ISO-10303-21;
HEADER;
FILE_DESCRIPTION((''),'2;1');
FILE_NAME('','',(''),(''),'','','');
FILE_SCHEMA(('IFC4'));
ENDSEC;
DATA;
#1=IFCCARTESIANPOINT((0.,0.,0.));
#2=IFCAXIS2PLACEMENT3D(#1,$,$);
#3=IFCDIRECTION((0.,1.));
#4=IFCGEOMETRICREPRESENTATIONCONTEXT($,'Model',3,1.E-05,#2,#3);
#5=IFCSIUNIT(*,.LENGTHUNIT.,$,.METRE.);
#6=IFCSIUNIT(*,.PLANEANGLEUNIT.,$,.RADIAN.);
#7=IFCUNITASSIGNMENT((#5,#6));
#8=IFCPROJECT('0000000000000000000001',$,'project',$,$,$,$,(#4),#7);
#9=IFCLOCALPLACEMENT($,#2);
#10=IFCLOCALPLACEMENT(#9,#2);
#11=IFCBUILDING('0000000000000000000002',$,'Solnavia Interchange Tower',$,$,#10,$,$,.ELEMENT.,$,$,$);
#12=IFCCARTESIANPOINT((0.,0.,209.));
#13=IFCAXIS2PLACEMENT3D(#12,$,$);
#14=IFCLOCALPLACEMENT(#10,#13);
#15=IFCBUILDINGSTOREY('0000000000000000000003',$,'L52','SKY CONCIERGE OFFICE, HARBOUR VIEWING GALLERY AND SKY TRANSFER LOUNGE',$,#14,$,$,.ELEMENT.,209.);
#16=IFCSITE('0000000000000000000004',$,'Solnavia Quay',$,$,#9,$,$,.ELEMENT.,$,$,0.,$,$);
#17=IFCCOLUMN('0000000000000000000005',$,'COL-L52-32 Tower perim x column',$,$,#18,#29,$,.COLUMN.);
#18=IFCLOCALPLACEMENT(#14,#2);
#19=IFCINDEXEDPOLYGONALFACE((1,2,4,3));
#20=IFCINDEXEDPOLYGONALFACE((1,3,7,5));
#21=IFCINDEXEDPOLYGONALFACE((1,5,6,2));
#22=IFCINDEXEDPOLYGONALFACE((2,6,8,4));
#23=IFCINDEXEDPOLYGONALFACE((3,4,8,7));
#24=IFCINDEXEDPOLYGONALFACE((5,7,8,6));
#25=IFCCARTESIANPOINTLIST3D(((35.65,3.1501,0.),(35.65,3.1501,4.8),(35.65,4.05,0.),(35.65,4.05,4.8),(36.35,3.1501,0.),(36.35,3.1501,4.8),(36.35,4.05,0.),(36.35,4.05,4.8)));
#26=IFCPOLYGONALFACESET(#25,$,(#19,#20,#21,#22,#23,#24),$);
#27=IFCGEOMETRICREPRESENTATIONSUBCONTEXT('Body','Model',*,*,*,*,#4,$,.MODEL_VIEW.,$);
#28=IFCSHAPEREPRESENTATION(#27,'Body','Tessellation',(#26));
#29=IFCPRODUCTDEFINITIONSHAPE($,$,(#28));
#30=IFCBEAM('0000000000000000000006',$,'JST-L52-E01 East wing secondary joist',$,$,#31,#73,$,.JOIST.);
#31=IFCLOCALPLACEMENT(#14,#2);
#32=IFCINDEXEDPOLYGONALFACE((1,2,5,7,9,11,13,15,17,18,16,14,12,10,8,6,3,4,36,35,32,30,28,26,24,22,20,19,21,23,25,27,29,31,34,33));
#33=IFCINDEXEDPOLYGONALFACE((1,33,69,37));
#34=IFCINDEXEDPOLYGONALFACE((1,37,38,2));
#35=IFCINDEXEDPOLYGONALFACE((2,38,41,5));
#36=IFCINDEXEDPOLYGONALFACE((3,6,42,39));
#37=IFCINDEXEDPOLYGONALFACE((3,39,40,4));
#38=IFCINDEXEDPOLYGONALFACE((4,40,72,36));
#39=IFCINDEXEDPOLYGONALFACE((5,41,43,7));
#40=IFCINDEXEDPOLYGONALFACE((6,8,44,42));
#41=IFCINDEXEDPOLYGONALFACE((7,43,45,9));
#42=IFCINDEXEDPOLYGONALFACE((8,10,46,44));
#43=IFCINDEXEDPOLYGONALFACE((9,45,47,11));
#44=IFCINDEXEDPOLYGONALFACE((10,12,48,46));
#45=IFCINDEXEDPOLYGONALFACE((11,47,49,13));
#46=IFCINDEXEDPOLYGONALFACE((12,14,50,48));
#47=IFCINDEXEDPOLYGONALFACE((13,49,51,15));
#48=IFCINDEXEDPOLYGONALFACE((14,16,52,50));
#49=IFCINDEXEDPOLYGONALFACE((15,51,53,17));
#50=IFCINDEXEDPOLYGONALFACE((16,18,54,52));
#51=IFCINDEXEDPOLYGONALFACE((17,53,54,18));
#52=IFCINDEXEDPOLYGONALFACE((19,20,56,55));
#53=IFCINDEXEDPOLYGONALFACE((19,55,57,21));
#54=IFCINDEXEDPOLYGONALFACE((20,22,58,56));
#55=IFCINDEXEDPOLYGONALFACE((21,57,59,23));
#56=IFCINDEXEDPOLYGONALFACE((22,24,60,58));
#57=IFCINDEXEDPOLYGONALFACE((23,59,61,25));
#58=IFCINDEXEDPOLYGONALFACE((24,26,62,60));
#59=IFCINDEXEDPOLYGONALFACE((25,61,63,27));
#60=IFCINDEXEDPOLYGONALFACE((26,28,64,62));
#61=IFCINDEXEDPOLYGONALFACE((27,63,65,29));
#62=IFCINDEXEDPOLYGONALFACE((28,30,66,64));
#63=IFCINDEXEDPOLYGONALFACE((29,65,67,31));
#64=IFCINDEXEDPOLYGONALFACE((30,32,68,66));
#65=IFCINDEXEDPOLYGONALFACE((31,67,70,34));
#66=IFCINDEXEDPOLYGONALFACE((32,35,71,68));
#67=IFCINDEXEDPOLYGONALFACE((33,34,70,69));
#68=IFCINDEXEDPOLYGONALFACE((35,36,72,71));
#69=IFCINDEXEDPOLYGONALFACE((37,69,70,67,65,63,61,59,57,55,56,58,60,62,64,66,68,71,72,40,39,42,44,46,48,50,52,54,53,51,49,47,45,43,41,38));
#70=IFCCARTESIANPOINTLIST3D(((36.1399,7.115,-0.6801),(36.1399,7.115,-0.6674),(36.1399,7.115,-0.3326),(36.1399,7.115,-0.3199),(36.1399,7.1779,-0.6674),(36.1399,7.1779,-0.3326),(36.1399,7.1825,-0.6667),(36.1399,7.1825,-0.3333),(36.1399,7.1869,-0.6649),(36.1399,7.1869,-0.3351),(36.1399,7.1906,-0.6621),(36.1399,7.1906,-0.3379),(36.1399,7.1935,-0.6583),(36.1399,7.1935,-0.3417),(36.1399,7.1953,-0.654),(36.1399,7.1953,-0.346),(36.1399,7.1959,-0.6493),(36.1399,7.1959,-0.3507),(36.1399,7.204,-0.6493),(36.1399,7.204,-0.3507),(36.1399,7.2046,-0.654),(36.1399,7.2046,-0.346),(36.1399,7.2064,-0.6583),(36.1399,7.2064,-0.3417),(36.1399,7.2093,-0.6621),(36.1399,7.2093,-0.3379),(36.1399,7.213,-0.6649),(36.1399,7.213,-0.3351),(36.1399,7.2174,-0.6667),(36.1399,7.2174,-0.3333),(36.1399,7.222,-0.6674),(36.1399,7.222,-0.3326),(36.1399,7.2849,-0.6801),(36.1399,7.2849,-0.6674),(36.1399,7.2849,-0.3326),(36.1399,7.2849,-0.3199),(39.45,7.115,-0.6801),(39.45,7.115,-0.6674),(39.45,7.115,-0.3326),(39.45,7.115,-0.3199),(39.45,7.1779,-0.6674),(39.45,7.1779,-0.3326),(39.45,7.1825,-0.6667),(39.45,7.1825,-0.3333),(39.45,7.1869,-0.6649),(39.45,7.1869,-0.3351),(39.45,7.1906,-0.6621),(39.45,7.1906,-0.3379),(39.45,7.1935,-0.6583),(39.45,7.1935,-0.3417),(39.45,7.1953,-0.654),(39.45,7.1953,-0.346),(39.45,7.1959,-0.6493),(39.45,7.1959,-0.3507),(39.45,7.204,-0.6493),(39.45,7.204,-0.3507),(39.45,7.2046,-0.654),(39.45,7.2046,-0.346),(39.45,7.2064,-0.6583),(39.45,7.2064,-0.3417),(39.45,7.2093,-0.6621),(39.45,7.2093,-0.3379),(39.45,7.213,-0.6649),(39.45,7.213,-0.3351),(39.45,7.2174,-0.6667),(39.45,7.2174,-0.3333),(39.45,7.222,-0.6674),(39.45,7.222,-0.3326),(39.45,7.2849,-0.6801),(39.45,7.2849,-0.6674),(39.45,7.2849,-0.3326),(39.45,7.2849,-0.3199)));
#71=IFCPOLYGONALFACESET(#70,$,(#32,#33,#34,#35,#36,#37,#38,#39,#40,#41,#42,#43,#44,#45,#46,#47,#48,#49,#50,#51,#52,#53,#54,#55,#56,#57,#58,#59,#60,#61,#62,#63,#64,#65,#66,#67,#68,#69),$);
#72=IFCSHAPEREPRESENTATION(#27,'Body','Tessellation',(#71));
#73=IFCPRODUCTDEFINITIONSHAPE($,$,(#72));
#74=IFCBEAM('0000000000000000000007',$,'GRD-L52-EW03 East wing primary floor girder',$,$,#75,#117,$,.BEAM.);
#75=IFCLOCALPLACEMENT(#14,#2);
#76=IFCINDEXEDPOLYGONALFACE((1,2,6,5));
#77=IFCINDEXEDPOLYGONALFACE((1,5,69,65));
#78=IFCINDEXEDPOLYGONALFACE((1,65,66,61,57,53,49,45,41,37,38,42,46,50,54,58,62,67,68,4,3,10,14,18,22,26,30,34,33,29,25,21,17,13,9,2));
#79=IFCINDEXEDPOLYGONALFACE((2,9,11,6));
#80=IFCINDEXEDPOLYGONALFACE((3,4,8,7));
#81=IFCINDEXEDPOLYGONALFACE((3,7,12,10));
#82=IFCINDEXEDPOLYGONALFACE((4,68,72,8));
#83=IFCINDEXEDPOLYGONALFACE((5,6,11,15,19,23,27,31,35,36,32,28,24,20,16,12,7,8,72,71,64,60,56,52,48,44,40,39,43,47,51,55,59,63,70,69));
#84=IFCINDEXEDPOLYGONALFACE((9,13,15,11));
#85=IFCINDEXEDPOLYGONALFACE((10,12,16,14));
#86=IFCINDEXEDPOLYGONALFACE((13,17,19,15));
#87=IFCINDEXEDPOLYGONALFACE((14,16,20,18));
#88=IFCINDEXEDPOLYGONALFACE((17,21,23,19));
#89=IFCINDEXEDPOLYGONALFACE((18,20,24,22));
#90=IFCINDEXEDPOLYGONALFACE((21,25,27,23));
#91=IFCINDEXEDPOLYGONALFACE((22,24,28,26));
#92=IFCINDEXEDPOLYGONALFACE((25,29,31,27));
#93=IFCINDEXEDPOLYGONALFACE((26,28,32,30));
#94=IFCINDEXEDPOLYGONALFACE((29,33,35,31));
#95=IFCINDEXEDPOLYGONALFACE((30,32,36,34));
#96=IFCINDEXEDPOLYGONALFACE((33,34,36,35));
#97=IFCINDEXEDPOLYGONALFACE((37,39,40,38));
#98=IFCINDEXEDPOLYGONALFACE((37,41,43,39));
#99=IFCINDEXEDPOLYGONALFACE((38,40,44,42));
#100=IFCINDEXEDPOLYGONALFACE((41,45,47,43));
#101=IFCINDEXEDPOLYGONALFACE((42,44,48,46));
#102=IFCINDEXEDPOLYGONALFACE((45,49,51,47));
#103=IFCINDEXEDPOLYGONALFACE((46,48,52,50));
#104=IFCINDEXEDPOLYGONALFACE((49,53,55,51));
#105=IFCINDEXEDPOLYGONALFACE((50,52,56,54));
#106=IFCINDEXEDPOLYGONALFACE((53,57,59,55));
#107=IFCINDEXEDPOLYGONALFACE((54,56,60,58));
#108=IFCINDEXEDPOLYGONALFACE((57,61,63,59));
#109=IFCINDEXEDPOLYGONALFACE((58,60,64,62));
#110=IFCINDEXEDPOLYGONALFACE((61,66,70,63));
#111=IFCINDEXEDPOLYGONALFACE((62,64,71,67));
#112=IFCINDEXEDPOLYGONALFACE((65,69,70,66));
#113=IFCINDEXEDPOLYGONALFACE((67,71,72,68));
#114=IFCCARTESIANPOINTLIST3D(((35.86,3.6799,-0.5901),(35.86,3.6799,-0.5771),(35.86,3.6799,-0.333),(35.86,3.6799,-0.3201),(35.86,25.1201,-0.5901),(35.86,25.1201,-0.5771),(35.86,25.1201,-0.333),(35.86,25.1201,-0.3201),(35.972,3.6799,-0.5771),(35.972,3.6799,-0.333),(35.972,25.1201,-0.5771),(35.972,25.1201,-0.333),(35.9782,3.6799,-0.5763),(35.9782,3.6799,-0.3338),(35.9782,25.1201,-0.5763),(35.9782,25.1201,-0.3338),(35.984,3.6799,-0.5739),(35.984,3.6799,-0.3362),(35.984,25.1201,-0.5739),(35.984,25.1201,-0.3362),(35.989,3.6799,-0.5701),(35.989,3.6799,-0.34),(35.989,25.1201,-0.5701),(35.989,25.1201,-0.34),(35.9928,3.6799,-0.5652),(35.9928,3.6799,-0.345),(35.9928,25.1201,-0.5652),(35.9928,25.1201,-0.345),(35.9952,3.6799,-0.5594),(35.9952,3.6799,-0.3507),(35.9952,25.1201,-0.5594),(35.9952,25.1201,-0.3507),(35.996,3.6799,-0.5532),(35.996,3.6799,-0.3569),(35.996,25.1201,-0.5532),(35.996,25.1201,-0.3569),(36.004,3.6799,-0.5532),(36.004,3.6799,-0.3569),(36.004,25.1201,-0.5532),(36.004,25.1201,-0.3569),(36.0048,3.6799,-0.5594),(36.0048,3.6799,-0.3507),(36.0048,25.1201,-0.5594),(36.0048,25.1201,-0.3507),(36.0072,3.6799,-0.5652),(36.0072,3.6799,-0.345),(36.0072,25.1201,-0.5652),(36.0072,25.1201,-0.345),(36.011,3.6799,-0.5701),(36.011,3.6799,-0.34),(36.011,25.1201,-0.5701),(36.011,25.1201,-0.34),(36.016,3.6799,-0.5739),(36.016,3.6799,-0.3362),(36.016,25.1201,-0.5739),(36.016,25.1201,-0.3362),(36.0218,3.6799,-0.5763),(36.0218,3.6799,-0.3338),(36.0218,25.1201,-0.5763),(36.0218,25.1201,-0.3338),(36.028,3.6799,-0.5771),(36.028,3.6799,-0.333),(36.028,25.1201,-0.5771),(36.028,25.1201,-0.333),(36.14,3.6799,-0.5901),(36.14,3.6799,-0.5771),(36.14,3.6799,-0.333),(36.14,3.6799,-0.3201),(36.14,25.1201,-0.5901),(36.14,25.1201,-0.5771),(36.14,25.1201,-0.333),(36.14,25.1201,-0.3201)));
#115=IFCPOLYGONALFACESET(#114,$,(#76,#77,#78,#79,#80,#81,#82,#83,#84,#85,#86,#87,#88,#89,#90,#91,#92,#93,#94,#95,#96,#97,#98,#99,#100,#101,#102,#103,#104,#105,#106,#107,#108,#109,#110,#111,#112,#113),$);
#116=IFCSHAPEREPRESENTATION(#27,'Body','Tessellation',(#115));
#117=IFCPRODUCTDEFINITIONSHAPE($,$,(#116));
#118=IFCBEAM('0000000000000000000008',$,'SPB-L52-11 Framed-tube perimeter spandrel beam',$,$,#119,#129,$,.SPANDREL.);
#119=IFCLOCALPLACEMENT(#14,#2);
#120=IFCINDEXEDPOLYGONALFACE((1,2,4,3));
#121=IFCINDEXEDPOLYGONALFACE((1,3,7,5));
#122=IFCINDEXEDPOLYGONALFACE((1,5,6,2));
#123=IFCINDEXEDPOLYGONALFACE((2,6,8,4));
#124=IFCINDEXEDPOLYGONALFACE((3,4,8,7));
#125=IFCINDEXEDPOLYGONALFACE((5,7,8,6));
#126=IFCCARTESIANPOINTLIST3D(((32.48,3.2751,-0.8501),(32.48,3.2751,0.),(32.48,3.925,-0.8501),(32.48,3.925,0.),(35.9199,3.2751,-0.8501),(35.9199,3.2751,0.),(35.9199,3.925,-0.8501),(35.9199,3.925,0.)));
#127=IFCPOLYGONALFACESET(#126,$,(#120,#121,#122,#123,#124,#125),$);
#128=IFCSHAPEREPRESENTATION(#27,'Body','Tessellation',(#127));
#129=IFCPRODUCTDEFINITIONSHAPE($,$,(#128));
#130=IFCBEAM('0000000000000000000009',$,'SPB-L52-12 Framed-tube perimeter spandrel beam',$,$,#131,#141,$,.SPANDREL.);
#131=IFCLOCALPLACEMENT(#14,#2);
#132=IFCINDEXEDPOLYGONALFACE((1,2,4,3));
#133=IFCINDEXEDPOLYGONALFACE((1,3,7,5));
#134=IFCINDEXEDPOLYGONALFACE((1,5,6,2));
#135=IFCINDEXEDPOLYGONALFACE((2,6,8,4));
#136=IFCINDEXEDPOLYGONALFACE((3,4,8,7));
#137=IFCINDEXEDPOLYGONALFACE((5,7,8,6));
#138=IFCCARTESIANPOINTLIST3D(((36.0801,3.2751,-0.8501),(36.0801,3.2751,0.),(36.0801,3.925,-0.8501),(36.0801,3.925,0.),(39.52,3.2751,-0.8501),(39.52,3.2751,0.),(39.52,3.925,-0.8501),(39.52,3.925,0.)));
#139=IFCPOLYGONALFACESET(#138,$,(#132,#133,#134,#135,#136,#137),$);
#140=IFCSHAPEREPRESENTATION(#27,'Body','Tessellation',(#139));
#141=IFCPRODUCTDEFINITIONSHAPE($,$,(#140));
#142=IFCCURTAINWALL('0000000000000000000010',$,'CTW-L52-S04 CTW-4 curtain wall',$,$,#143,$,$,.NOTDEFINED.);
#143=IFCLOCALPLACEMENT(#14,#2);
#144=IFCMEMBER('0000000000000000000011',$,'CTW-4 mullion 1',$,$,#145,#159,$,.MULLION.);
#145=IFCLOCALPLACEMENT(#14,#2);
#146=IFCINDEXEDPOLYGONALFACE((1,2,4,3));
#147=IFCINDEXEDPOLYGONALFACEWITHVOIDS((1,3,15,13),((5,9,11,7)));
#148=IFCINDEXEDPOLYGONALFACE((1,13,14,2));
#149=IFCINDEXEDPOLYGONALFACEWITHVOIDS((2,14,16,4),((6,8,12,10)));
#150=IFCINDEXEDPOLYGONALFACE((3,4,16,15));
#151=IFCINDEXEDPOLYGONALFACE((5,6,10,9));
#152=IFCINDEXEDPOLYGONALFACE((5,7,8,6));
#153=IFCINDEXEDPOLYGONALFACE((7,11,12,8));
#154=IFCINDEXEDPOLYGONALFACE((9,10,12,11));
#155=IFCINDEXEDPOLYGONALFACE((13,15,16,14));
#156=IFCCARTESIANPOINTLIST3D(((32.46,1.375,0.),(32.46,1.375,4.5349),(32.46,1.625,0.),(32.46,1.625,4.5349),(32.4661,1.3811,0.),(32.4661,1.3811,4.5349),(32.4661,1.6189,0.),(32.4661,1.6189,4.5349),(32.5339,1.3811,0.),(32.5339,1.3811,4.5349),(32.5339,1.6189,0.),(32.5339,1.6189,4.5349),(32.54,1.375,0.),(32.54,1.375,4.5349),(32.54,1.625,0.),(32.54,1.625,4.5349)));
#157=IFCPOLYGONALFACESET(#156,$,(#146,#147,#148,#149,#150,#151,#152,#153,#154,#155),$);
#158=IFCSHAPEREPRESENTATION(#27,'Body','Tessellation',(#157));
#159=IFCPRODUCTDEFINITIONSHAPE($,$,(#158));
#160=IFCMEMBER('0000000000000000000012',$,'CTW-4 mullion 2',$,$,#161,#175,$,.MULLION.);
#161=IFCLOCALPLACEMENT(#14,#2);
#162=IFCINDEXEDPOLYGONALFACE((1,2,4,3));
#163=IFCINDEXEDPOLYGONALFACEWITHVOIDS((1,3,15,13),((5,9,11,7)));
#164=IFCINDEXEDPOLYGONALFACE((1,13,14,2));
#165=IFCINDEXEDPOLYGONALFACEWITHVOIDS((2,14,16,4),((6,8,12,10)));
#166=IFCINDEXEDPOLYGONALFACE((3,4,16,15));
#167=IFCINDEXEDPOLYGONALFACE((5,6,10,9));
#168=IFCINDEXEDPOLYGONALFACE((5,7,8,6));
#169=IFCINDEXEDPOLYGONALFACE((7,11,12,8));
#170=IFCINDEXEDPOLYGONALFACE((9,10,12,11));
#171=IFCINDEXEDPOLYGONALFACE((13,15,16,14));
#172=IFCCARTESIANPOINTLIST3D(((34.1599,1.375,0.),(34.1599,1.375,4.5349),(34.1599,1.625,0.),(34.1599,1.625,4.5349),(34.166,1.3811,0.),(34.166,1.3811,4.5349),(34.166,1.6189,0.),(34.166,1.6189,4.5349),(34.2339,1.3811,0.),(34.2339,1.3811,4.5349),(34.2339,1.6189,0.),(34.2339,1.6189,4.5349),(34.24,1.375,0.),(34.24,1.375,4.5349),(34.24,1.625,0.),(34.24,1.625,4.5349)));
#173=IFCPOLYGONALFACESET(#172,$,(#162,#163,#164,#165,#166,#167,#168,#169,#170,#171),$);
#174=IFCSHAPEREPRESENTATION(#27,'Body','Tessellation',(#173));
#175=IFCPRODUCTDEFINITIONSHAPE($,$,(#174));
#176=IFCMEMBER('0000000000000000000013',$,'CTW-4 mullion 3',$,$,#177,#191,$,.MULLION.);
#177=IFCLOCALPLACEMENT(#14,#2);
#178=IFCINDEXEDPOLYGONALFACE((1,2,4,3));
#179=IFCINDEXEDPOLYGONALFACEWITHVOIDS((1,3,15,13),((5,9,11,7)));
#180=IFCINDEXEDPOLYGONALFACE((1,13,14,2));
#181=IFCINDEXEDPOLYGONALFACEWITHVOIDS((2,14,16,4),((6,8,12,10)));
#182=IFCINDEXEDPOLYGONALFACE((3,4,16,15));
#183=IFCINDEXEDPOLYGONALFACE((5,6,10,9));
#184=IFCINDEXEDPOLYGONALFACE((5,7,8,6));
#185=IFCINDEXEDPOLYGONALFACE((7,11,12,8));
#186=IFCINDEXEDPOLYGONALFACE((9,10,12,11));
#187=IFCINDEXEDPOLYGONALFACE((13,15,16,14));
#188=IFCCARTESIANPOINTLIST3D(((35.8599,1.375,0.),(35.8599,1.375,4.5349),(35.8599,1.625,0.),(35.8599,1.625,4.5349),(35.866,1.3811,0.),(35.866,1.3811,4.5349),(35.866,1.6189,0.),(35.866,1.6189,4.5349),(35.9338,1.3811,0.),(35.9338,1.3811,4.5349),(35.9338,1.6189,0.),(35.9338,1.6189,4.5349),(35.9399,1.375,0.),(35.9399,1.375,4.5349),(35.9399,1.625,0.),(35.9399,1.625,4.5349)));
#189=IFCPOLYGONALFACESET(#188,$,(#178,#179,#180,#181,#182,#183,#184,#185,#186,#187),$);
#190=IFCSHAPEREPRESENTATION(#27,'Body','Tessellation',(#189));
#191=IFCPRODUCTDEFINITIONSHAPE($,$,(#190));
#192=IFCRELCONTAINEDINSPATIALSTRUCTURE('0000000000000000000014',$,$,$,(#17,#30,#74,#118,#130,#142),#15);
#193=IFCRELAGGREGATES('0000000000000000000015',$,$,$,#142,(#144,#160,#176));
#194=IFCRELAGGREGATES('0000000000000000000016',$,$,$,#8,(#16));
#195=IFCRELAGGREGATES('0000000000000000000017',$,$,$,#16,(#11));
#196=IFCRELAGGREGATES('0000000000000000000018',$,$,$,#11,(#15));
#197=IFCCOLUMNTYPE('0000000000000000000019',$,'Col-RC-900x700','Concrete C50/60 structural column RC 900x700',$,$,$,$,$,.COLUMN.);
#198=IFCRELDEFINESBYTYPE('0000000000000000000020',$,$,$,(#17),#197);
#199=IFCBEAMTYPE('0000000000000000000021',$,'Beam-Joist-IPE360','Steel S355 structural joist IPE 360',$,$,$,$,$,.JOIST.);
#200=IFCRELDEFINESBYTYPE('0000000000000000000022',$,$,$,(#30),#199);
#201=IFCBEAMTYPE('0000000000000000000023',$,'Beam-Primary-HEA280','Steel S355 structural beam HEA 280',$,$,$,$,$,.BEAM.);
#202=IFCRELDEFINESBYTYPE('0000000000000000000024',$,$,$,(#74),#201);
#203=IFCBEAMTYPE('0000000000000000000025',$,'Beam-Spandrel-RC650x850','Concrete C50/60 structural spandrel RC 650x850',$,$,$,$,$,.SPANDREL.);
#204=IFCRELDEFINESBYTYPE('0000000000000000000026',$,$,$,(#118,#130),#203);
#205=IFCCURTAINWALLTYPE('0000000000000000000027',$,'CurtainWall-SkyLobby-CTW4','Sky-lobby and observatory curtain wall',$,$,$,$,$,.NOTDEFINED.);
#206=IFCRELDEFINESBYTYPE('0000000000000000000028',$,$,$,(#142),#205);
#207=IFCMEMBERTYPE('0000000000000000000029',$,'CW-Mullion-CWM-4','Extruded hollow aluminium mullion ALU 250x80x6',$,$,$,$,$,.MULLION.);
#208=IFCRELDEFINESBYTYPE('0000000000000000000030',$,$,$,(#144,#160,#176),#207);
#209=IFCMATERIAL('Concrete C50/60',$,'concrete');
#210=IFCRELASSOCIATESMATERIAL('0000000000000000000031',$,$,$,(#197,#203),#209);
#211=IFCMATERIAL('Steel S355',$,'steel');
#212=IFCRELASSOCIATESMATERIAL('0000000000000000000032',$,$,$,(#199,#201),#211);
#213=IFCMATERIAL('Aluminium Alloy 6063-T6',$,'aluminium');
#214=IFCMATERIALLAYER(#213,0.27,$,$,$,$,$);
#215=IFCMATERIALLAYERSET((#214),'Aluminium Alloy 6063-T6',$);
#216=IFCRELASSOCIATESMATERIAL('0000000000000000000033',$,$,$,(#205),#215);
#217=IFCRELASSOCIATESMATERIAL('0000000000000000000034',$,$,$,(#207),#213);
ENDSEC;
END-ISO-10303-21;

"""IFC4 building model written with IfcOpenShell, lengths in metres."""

from ifc_helpers import new_model, si_unit, direction, frame, origin, origin_2d, place, context, subcontext, project, spatial, rectangle, hollow_rectangle, i_section, extrude, material, layer, layer_set, material_profile, profile_set, type_object, element, aggregate, save


model = new_model("IFC4")

# Units and contexts
model_context = context("Model", 3, precision=1e-05, world=origin(), true_north=direction((0.0, 1.0)))
body_context = subcontext(model_context, "Body", "Model", "MODEL_VIEW")
ifc_project = project(units=[si_unit("LENGTHUNIT", "METRE"), si_unit("PLANEANGLEUNIT", "RADIAN")], contexts=[model_context])

# Site, building, storey
site_placement = place(None, origin())
site = spatial("IfcSite", under=ifc_project, at=site_placement, Name="Solnavia Quay", CompositionType="ELEMENT", RefElevation=0.0)
building_placement = place(site_placement, origin())
building = spatial("IfcBuilding", under=site, at=building_placement, Name="Solnavia Interchange Tower", CompositionType="ELEMENT")
storey_placement = place(building_placement, frame((0.0, 0.0, 209.0)))
storey = spatial("IfcBuildingStorey", under=building, at=storey_placement, Name="L52", Description="SKY CONCIERGE OFFICE, HARBOUR VIEWING GALLERY AND SKY TRANSFER LOUNGE", CompositionType="ELEMENT", Elevation=209.0)

# Column
ifc_material_1 = material(Name="Concrete C50/60", Category="concrete")
ifc_material_profile_1 = material_profile(ifc_material_1, rectangle(XDim=0.7, YDim=0.8999, at=origin_2d()), Name="RC 900x700")
ifc_profile_set_1 = profile_set([ifc_material_profile_1], Name="Concrete C50/60")
column_type = type_object("IfcColumnType", Name="Col-RC-900x700", Description="Concrete C50/60 structural column RC 900x700", PredefinedType="COLUMN", material=ifc_profile_set_1)
column_placement = place(storey_placement, frame((36.0, 3.6001, 0.0), z_axis=(0.0, 0.0, 1.0), x_axis=(1.0, 0.0, 0.0)))
element("IfcColumn", 1, at=column_placement, inside=storey, type_object=column_type, Name="COL-L52-32 Tower perim x column", PredefinedType="COLUMN", context=body_context, shape_type="SweptSolid", body=[
    extrude(rectangle(XDim=0.7, YDim=0.8999, at=origin_2d()), origin(), (0.0, 0.0, 1.0), 4.8),
])

# Beams
ifc_material_2 = material(Name="Steel S355", Category="steel")
ifc_material_profile_2 = material_profile(ifc_material_2, i_section(OverallWidth=0.1699, OverallDepth=0.3601, WebThickness=0.0081, FlangeThickness=0.0127, FilletRadius=0.0181, at=origin_2d()), Name="IPE 360")
ifc_profile_set_2 = profile_set([ifc_material_profile_2], Name="Steel S355")
beam_type_1 = type_object("IfcBeamType", Name="Beam-Joist-IPE360", Description="Steel S355 structural joist IPE 360", PredefinedType="JOIST", material=ifc_profile_set_2)
beam_1_placement = place(storey_placement, frame((36.1399, 7.2, -0.5), z_axis=(1.0, 0.0, 0.0), x_axis=(0.0, 1.0, 0.0)))
element("IfcBeam", 2, at=beam_1_placement, inside=storey, type_object=beam_type_1, Name="JST-L52-E01 East wing secondary joist", PredefinedType="JOIST", context=body_context, shape_type="SweptSolid", body=[
    extrude(i_section(OverallWidth=0.1699, OverallDepth=0.3601, WebThickness=0.0081, FlangeThickness=0.0127, FilletRadius=0.0181, at=origin_2d()), origin(), (0.0, 0.0, 1.0), 3.3101),
])
ifc_material_profile_3 = material_profile(ifc_material_2, i_section(OverallWidth=0.28, OverallDepth=0.27, WebThickness=0.0081, FlangeThickness=0.0129, FilletRadius=0.0239, at=origin_2d()), Name="HEA 280")
ifc_profile_set_3 = profile_set([ifc_material_profile_3], Name="Steel S355")
beam_type_2 = type_object("IfcBeamType", Name="Beam-Primary-HEA280", Description="Steel S355 structural beam HEA 280", PredefinedType="BEAM", material=ifc_profile_set_3)
beam_2_placement = place(storey_placement, frame((36.0, 3.6799, -0.4551), z_axis=(0.0, 1.0, 0.0), x_axis=(-1.0, 0.0, 0.0)))
element("IfcBeam", 3, at=beam_2_placement, inside=storey, type_object=beam_type_2, Name="GRD-L52-EW03 East wing primary floor girder", PredefinedType="BEAM", context=body_context, shape_type="SweptSolid", body=[
    extrude(i_section(OverallWidth=0.28, OverallDepth=0.27, WebThickness=0.0081, FlangeThickness=0.0129, FilletRadius=0.0239, at=origin_2d()), origin(), (0.0, 0.0, 1.0), 21.4402),
])
ifc_material_profile_4 = material_profile(ifc_material_1, rectangle(XDim=0.6499, YDim=0.8501, at=origin_2d()), Name="RC 650x850")
ifc_profile_set_4 = profile_set([ifc_material_profile_4], Name="Concrete C50/60")
beam_type_3 = type_object("IfcBeamType", Name="Beam-Spandrel-RC650x850", Description="Concrete C50/60 structural spandrel RC 650x850", PredefinedType="SPANDREL", material=ifc_profile_set_4)
for number, where, z_axis, x_axis, name in (
    (4, (32.48, 3.6001, -0.425), (1.0, 0.0, 0.0), (0.0, 1.0, 0.0), "SPB-L52-11 Framed-tube perimeter spandrel beam"),
    (5, (36.0801, 3.6001, -0.425), (1.0, 0.0, 0.0), (0.0, 1.0, 0.0), "SPB-L52-12 Framed-tube perimeter spandrel beam"),
):
    element("IfcBeam", number, at=place(storey_placement, frame(where, z_axis=z_axis, x_axis=x_axis)), inside=storey, type_object=beam_type_3, Name=name, PredefinedType="SPANDREL", context=body_context, shape_type="SweptSolid", body=[
        extrude(rectangle(XDim=0.6499, YDim=0.8501, at=origin_2d()), origin(), (0.0, 0.0, 1.0), 3.4399),
    ])

# Curtain wall, members
ifc_material_3 = material(Name="Aluminium Alloy 6063-T6", Category="aluminium")
ifc_layer_1 = layer(ifc_material_3, 0.27)
ifc_layer_set_1 = layer_set([ifc_layer_1], Name="Aluminium Alloy 6063-T6")
curtain_wall_type = type_object("IfcCurtainWallType", Name="CurtainWall-SkyLobby-CTW4", Description="Sky-lobby and observatory curtain wall", PredefinedType="NOTDEFINED", material=ifc_layer_set_1)
curtain_wall_placement = place(storey_placement, origin())
curtain_wall = element("IfcCurtainWall", 6, at=curtain_wall_placement, inside=storey, type_object=curtain_wall_type, Name="CTW-L52-S04 CTW-4 curtain wall", PredefinedType="NOTDEFINED")
ifc_material_profile_5 = material_profile(ifc_material_3, hollow_rectangle(XDim=0.0801, YDim=0.25, WallThickness=0.0061, at=origin_2d()), Name="ALU 250x80x6")
ifc_profile_set_5 = profile_set([ifc_material_profile_5], Name="Aluminium Alloy 6063-T6")
member_type_1 = type_object("IfcMemberType", Name="CW-Mullion-CWM-4", Description="Extruded hollow aluminium mullion ALU 250x80x6", PredefinedType="MULLION", material=ifc_profile_set_5)
member_1_placement = place(storey_placement, frame((32.5, 1.5, 0.0), z_axis=(0.0, 0.0, 1.0), x_axis=(1.0, 0.0, 0.0)))
member_1 = element("IfcMember", 7, at=member_1_placement, type_object=member_type_1, Name="CTW-4 mullion 1", PredefinedType="MULLION", context=body_context, shape_type="SweptSolid", body=[
    extrude(hollow_rectangle(XDim=0.0801, YDim=0.25, WallThickness=0.0061, at=origin_2d()), origin(), (0.0, 0.0, 1.0), 4.5349),
])
member_2_placement = place(storey_placement, frame((34.2, 1.5, 0.0), z_axis=(0.0, 0.0, 1.0), x_axis=(1.0, 0.0, 0.0)))
member_2 = element("IfcMember", 8, at=member_2_placement, type_object=member_type_1, Name="CTW-4 mullion 2", PredefinedType="MULLION", context=body_context, shape_type="SweptSolid", body=[
    extrude(hollow_rectangle(XDim=0.0801, YDim=0.25, WallThickness=0.0061, at=origin_2d()), origin(), (0.0, 0.0, 1.0), 4.5349),
])
member_3_placement = place(storey_placement, frame((35.8999, 1.5, 0.0), z_axis=(0.0, 0.0, 1.0), x_axis=(1.0, 0.0, 0.0)))
member_3 = element("IfcMember", 9, at=member_3_placement, type_object=member_type_1, Name="CTW-4 mullion 3", PredefinedType="MULLION", context=body_context, shape_type="SweptSolid", body=[
    extrude(hollow_rectangle(XDim=0.0801, YDim=0.25, WallThickness=0.0061, at=origin_2d()), origin(), (0.0, 0.0, 1.0), 4.5349),
])
aggregate(curtain_wall, [member_1, member_2, member_3])

save(model, "model.ifc")
